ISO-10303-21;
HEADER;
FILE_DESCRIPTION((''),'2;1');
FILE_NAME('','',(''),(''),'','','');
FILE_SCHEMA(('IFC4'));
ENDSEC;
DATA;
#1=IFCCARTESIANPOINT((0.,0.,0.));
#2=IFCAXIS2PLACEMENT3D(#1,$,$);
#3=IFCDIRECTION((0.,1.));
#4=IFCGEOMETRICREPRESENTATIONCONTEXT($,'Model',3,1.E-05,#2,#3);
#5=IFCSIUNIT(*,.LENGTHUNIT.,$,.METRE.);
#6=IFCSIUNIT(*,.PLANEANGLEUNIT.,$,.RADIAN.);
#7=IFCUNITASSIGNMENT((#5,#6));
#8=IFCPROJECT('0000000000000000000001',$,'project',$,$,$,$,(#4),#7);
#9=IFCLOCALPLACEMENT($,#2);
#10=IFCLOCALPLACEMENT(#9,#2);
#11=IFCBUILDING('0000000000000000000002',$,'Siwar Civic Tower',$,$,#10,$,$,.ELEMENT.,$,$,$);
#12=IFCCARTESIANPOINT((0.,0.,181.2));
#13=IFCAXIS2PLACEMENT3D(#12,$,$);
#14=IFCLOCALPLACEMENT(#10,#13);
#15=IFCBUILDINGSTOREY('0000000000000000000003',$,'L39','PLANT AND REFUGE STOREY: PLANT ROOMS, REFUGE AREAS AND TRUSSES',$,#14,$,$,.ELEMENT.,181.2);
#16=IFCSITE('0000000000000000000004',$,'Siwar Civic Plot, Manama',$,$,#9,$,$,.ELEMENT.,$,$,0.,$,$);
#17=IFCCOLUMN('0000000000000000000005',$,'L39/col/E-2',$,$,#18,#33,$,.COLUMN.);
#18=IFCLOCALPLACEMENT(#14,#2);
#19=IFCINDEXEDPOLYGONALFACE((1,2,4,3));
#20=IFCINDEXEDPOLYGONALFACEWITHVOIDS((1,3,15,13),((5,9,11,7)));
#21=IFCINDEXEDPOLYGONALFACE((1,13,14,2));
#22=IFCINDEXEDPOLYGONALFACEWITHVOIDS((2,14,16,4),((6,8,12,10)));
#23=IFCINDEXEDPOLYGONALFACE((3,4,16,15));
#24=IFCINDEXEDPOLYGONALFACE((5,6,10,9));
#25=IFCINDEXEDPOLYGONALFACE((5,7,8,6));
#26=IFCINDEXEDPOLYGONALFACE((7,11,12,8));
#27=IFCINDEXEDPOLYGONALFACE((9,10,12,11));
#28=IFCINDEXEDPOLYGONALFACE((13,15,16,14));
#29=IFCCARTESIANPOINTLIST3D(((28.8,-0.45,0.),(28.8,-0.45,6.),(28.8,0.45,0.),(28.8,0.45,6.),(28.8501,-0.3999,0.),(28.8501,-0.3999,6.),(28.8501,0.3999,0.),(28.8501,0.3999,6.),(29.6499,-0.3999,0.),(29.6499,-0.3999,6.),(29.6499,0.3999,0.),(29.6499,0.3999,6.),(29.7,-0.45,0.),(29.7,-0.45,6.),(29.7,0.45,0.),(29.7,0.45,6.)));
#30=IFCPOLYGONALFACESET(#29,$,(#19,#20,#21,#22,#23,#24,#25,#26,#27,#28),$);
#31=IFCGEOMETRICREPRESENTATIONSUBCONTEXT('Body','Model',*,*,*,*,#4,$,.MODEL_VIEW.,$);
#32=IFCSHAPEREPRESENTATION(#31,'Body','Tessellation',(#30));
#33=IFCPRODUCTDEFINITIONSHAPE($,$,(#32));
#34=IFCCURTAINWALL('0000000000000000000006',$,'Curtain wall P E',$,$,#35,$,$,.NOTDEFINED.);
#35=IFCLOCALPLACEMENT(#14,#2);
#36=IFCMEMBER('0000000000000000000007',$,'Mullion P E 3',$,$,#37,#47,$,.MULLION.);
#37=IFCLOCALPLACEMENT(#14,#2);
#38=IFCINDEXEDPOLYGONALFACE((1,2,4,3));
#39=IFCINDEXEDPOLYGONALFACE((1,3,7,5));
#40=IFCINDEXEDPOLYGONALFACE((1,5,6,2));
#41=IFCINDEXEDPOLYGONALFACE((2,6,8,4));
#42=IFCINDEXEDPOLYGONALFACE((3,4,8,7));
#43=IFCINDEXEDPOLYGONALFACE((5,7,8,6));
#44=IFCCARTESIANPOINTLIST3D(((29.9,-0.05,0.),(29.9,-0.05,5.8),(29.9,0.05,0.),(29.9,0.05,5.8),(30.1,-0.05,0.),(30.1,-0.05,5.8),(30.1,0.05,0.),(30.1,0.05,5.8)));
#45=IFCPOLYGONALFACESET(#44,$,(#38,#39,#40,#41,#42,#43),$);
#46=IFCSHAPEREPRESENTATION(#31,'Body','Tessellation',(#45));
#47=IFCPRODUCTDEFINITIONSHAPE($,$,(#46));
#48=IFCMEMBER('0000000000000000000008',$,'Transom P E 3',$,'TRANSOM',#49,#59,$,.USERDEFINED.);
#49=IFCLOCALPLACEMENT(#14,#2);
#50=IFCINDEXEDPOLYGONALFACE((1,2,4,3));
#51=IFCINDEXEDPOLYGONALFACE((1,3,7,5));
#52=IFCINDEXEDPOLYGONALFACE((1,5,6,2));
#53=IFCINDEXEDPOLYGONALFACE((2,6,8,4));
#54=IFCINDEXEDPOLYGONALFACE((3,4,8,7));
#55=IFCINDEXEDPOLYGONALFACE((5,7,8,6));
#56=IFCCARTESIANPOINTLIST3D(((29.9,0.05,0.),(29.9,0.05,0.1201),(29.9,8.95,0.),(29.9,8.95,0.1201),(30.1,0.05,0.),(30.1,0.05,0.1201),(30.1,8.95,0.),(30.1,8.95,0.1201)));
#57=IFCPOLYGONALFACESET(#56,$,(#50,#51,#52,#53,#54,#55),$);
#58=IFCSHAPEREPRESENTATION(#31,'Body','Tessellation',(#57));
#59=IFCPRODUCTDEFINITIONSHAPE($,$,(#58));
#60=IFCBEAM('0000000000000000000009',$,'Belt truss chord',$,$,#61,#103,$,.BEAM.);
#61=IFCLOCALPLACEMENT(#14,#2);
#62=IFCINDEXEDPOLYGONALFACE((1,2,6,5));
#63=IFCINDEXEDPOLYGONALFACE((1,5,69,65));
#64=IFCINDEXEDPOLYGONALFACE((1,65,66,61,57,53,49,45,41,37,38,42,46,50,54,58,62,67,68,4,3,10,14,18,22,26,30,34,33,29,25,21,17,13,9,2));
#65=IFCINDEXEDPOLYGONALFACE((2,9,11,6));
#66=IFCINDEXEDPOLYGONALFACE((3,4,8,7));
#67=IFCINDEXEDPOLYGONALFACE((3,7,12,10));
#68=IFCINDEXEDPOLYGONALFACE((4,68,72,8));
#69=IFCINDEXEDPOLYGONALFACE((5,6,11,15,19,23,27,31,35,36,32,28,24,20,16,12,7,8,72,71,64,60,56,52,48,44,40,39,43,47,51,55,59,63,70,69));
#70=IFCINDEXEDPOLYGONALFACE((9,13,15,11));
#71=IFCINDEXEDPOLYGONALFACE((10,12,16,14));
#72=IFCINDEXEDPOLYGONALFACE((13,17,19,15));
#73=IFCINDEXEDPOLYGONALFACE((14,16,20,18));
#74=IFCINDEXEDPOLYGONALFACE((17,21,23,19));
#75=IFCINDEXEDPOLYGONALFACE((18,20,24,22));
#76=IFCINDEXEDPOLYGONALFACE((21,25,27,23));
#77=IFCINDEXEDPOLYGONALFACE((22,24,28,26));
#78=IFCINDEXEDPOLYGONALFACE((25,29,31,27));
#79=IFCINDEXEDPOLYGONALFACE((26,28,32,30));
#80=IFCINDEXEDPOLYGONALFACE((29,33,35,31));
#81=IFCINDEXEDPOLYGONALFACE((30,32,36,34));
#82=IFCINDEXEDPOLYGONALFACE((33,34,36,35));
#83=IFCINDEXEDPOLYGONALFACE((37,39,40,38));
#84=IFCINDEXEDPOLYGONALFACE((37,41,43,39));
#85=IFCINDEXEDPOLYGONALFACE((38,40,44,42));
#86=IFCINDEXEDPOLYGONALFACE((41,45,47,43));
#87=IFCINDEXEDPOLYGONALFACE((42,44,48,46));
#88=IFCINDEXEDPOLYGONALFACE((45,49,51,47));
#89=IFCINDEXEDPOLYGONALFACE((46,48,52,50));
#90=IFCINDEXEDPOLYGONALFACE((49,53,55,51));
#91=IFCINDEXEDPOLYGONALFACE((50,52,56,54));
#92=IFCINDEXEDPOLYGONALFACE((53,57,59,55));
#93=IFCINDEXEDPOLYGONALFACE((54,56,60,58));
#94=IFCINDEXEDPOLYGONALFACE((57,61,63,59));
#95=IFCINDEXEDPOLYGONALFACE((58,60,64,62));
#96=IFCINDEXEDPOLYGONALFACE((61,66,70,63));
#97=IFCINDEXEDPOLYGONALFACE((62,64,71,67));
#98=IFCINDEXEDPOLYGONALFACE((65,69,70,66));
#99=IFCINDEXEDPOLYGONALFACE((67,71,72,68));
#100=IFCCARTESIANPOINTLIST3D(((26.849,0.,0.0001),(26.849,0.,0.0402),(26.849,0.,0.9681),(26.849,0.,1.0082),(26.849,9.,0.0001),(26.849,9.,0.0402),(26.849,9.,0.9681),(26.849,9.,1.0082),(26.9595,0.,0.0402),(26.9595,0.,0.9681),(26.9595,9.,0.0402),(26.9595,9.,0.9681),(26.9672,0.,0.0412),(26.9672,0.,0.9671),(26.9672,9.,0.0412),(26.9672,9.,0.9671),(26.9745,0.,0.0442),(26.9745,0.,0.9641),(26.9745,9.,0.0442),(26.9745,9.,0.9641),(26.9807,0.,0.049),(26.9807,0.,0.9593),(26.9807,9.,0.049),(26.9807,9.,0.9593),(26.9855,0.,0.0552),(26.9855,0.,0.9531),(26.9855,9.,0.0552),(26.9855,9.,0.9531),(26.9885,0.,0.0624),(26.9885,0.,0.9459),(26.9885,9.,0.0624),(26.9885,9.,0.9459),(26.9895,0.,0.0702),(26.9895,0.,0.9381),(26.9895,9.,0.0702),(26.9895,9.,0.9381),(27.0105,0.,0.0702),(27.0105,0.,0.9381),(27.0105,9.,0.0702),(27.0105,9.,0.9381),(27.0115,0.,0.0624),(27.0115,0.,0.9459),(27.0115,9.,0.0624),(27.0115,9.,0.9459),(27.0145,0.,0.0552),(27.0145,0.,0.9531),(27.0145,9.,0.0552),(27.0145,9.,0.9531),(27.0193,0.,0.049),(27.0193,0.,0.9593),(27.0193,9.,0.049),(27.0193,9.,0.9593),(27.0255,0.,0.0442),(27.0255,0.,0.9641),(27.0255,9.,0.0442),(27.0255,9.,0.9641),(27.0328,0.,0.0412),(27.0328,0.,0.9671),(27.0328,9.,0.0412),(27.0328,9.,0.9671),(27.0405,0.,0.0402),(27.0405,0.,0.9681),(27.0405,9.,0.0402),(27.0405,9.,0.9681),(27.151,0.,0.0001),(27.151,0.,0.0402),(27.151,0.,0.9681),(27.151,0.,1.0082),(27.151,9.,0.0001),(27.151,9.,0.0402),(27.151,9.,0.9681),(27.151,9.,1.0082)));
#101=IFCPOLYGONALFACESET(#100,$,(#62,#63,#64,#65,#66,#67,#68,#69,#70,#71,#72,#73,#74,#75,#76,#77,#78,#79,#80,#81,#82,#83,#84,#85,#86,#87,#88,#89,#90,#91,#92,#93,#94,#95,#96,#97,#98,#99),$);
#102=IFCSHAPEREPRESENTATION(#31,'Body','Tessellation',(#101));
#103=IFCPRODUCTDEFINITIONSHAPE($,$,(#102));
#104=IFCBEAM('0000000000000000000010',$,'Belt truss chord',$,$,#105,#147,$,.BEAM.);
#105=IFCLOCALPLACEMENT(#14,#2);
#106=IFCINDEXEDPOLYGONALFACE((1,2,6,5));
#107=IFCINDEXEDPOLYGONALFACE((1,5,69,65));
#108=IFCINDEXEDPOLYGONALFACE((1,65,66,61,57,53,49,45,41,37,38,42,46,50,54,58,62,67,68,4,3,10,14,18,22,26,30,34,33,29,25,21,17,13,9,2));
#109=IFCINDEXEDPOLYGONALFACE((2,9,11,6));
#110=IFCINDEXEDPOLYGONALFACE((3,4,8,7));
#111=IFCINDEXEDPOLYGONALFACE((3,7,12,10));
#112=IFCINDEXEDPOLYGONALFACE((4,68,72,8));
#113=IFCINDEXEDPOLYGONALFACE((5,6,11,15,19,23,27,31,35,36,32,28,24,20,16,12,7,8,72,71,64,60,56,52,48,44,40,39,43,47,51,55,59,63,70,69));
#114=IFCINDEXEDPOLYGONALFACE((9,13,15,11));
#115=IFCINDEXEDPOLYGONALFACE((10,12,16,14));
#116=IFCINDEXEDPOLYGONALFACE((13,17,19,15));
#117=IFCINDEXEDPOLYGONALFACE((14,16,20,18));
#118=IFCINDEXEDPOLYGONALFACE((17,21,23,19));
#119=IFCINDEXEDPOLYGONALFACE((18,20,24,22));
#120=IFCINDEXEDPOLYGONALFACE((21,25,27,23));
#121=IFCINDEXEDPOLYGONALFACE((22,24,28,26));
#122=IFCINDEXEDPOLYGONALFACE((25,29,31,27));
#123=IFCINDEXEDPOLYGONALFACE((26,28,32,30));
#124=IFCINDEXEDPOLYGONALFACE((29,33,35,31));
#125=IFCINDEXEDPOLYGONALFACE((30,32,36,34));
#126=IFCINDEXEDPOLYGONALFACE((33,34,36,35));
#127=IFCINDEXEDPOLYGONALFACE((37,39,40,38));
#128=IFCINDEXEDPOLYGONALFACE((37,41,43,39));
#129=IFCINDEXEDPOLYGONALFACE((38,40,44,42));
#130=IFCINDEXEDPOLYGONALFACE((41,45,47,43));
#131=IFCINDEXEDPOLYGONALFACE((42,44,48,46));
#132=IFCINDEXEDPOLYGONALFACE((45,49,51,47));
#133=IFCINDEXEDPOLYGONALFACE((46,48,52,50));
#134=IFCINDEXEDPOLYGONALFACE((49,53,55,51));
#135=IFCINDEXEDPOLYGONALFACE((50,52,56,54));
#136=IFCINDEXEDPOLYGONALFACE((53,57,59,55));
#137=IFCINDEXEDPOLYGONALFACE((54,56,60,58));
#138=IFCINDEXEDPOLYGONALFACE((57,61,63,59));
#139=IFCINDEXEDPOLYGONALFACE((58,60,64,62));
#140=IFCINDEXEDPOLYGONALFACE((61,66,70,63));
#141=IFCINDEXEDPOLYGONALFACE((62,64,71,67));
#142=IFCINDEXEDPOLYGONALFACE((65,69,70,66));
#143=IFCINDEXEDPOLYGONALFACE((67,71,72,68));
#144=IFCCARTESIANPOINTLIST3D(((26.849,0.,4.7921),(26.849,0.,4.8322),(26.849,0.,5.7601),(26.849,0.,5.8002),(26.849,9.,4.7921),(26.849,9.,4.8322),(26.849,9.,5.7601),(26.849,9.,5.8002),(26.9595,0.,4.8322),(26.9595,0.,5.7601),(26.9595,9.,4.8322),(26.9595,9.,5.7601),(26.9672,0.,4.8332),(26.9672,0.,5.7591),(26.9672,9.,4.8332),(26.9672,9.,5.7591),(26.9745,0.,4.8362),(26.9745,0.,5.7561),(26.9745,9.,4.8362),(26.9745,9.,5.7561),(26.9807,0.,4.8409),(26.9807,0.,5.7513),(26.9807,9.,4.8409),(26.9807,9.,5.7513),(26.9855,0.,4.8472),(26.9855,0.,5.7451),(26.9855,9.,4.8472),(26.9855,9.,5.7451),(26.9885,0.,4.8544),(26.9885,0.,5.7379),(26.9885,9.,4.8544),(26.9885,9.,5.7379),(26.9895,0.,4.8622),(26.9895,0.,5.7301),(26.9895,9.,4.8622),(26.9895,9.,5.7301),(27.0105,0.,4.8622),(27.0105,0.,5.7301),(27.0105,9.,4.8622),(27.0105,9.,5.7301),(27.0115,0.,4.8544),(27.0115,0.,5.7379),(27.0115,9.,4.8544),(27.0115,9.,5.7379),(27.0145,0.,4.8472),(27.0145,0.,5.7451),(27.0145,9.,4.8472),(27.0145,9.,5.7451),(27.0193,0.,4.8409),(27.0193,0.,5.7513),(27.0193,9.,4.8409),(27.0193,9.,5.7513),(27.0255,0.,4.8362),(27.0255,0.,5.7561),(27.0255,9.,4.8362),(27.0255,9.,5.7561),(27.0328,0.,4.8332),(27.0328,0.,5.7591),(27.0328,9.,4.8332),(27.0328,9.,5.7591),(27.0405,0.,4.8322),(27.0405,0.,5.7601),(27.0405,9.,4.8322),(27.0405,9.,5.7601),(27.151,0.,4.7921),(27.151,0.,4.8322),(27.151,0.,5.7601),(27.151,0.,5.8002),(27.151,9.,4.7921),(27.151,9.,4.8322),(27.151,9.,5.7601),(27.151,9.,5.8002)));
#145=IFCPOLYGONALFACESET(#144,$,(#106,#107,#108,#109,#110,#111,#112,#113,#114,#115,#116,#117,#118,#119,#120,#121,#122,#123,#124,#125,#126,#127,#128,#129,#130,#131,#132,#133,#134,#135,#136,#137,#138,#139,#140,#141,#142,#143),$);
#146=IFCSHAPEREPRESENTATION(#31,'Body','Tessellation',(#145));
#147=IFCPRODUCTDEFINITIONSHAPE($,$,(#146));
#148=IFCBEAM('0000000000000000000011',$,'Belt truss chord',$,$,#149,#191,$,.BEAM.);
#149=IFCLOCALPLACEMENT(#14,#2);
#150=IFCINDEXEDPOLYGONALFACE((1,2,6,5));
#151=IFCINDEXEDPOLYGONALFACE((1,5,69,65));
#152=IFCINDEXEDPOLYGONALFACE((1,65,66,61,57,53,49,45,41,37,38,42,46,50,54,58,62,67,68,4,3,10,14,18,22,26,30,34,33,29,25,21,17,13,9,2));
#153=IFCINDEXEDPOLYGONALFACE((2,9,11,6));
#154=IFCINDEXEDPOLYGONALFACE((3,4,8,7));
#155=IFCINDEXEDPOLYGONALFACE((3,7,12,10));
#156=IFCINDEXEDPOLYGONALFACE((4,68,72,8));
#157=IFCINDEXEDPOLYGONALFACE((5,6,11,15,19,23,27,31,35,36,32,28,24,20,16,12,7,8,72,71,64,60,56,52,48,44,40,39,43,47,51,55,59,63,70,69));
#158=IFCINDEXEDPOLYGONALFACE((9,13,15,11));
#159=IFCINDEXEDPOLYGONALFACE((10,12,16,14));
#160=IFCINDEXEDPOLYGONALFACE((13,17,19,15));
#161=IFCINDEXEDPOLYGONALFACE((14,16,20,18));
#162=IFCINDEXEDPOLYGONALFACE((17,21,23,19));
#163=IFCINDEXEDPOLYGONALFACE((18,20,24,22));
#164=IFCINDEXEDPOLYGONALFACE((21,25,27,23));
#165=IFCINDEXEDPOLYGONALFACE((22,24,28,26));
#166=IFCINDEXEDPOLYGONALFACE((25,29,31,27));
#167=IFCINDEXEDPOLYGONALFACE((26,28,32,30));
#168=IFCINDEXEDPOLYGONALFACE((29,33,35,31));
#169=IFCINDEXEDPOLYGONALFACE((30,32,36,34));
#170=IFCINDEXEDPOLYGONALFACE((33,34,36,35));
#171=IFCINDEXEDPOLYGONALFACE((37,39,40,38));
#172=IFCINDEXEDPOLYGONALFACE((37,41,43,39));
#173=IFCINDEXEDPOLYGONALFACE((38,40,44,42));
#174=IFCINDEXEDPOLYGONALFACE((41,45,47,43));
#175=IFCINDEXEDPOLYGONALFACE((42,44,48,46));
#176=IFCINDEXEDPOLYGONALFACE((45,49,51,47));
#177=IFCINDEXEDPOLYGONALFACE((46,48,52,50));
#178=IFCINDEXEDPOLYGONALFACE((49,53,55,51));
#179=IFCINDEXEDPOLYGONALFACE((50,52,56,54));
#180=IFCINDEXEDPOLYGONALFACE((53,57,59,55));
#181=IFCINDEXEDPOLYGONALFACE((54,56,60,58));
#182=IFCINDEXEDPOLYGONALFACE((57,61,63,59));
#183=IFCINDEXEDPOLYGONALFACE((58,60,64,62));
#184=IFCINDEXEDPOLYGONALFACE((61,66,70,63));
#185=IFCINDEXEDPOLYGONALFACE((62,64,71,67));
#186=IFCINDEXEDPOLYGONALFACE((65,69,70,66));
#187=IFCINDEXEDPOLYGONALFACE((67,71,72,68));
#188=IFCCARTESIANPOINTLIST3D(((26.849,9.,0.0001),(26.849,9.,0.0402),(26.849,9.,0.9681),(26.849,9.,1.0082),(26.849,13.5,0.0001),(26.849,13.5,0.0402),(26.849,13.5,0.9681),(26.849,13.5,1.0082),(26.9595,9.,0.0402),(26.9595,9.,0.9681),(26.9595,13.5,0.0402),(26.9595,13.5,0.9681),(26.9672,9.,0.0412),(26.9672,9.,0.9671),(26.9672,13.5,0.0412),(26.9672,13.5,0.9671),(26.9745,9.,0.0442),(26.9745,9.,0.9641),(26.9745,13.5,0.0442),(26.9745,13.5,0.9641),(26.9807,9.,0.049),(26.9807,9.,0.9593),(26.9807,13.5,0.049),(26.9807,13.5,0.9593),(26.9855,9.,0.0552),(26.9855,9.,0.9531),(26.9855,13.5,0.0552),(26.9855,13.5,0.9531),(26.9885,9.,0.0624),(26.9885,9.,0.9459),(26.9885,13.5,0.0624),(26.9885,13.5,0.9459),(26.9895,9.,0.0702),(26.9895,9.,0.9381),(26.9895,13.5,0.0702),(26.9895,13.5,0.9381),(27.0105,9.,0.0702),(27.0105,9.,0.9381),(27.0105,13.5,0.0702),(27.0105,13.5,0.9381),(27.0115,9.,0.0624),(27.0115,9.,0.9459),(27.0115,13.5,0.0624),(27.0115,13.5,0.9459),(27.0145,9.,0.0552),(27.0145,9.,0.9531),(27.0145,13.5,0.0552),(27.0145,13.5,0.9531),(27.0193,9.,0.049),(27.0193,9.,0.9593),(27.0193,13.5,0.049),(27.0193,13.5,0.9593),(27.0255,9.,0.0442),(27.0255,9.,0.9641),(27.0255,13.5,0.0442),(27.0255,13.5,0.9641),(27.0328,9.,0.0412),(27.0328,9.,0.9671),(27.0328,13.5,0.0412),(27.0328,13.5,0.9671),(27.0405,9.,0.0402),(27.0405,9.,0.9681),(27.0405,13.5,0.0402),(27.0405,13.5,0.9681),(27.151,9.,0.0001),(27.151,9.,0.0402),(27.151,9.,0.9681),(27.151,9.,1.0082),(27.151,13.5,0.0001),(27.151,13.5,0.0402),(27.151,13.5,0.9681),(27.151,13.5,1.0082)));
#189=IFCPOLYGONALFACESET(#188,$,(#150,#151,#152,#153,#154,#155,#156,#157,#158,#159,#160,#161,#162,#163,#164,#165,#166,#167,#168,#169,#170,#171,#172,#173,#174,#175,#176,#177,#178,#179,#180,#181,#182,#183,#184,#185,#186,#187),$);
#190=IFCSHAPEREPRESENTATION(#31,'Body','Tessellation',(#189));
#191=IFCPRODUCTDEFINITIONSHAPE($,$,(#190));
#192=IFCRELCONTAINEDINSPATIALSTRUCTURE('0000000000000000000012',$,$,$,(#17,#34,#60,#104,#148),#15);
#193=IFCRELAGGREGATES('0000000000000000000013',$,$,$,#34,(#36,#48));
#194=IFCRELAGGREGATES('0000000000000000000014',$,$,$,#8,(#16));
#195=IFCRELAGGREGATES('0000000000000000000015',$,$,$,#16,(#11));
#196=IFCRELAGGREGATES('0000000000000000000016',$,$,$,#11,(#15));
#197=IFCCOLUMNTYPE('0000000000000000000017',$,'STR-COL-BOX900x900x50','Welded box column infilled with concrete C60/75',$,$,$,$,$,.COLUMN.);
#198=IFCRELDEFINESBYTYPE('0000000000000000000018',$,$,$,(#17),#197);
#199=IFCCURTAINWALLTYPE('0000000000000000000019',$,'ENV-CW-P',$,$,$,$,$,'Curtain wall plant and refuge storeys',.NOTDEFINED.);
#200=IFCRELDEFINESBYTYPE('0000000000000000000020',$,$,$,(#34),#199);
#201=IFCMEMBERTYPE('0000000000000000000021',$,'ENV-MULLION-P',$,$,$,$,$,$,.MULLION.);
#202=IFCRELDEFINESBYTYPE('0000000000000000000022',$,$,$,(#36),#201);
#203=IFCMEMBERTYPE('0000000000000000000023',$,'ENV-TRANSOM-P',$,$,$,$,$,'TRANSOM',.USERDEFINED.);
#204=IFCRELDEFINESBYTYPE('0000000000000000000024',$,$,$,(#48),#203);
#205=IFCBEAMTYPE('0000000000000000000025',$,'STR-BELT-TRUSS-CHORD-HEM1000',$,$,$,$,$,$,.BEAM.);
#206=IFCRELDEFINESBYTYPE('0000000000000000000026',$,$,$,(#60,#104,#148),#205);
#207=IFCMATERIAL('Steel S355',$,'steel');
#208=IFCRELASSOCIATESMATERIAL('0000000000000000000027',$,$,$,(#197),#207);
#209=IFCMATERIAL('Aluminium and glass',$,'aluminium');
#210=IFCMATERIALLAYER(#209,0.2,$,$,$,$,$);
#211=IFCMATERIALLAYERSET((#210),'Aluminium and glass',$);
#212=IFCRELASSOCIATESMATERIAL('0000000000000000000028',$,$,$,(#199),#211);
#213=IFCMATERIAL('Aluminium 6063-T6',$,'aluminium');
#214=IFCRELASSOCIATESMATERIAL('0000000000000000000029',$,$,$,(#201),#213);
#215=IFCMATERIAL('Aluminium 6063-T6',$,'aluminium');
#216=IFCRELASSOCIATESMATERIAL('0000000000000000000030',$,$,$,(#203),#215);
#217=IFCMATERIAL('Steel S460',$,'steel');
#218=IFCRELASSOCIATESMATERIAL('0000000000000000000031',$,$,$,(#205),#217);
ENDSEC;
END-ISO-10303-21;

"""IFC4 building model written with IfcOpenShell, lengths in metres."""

from ifc_helpers import new_model, si_unit, direction, frame, origin, origin_2d, place, context, subcontext, project, spatial, rectangle, hollow_rectangle, i_section, extrude, material, layer, layer_set, material_profile, profile_set, type_object, element, aggregate, save


model = new_model("IFC4")

# Units and contexts
model_context = context("Model", 3, precision=1e-05, world=origin(), true_north=direction((0.0, 1.0)))
body_context = subcontext(model_context, "Body", "Model", "MODEL_VIEW")
ifc_project = project(units=[si_unit("LENGTHUNIT", "METRE"), si_unit("PLANEANGLEUNIT", "RADIAN")], contexts=[model_context])

# Site, building, storey
site_placement = place(None, origin())
site = spatial("IfcSite", under=ifc_project, at=site_placement, Name="Siwar Civic Plot, Manama", CompositionType="ELEMENT", RefElevation=0.0)
building_placement = place(site_placement, origin())
building = spatial("IfcBuilding", under=site, at=building_placement, Name="Siwar Civic Tower", CompositionType="ELEMENT")
storey_placement = place(building_placement, frame((0.0, 0.0, 181.2)))
storey = spatial("IfcBuildingStorey", under=building, at=storey_placement, Name="L39", Description="PLANT AND REFUGE STOREY: PLANT ROOMS, REFUGE AREAS AND TRUSSES", CompositionType="ELEMENT", Elevation=181.2)

# Column
ifc_material_1 = material(Name="Steel S355", Category="steel")
ifc_material_profile_1 = material_profile(ifc_material_1, hollow_rectangle(XDim=0.8999, YDim=0.8999, WallThickness=0.05, at=origin_2d()), Name="BOX900x900x50")
ifc_profile_set_1 = profile_set([ifc_material_profile_1], Name="Steel S355")
column_type = type_object("IfcColumnType", Name="STR-COL-BOX900x900x50", Description="Welded box column infilled with concrete C60/75", PredefinedType="COLUMN", material=ifc_profile_set_1)
column_placement = place(storey_placement, frame((29.25, 0.0, 0.0), z_axis=(0.0, 0.0, 1.0), x_axis=(1.0, 0.0, 0.0)))
element("IfcColumn", 1, at=column_placement, inside=storey, type_object=column_type, Name="L39/col/E-2", PredefinedType="COLUMN", context=body_context, shape_type="SweptSolid", body=[
    extrude(hollow_rectangle(XDim=0.8999, YDim=0.8999, WallThickness=0.05, at=origin_2d()), origin(), (0.0, 0.0, 1.0), 6.0),
])

# Curtain wall, members
ifc_material_2 = material(Name="Aluminium and glass", Category="aluminium")
ifc_layer_1 = layer(ifc_material_2, 0.2)
ifc_layer_set_1 = layer_set([ifc_layer_1], Name="Aluminium and glass")
curtain_wall_type = type_object("IfcCurtainWallType", Name="ENV-CW-P", ElementType="Curtain wall plant and refuge storeys", PredefinedType="NOTDEFINED", material=ifc_layer_set_1)
curtain_wall_placement = place(storey_placement, origin())
curtain_wall = element("IfcCurtainWall", 2, at=curtain_wall_placement, inside=storey, type_object=curtain_wall_type, Name="Curtain wall P E", PredefinedType="NOTDEFINED")
ifc_material_3 = material(Name="Aluminium 6063-T6", Category="aluminium")
ifc_material_profile_2 = material_profile(ifc_material_3, rectangle(XDim=0.2, YDim=0.1001, at=origin_2d()), Name="AL 200x100")
ifc_profile_set_2 = profile_set([ifc_material_profile_2], Name="Aluminium 6063-T6")
member_type_1 = type_object("IfcMemberType", Name="ENV-MULLION-P", PredefinedType="MULLION", material=ifc_profile_set_2)
member_1_placement = place(storey_placement, frame((30.0, 0.0, 0.0), z_axis=(0.0, 0.0, 1.0), x_axis=(-1.0, 0.0, 0.0)))
member_1 = element("IfcMember", 3, at=member_1_placement, type_object=member_type_1, Name="Mullion P E 3", PredefinedType="MULLION", context=body_context, shape_type="SweptSolid", body=[
    extrude(rectangle(XDim=0.2, YDim=0.1001, at=origin_2d()), origin(), (0.0, 0.0, 1.0), 5.8),
])
ifc_material_4 = material(Name="Aluminium 6063-T6", Category="aluminium")
ifc_material_profile_3 = material_profile(ifc_material_4, rectangle(XDim=0.2, YDim=0.1201, at=origin_2d()), Name="AL 200x120")
ifc_profile_set_3 = profile_set([ifc_material_profile_3], Name="Aluminium 6063-T6")
member_type_2 = type_object("IfcMemberType", Name="ENV-TRANSOM-P", ElementType="TRANSOM", PredefinedType="USERDEFINED", material=ifc_profile_set_3)
member_2_placement = place(storey_placement, frame((30.0, 0.05, 0.0601), z_axis=(0.0, 1.0, 0.0), x_axis=(-1.0, 0.0, 0.0)))
member_2 = element("IfcMember", 4, at=member_2_placement, type_object=member_type_2, Name="Transom P E 3", ObjectType="TRANSOM", PredefinedType="USERDEFINED", context=body_context, shape_type="SweptSolid", body=[
    extrude(rectangle(XDim=0.2, YDim=0.1201, at=origin_2d()), origin(), (0.0, 0.0, 1.0), 8.8999),
])

# Beams
ifc_material_5 = material(Name="Steel S460", Category="steel")
ifc_material_profile_4 = material_profile(ifc_material_5, i_section(OverallWidth=0.302, OverallDepth=1.0081, WebThickness=0.021, FlangeThickness=0.04, FilletRadius=0.03, at=origin_2d()), Name="HEM1000")
ifc_profile_set_4 = profile_set([ifc_material_profile_4], Name="Steel S460")
beam_type_1 = type_object("IfcBeamType", Name="STR-BELT-TRUSS-CHORD-HEM1000", PredefinedType="BEAM", material=ifc_profile_set_4)
for number, where, z_axis, x_axis, name in (
    (5, (27.0, 0.0, 0.5042), (0.0, 1.0, 0.0), (-1.0, 0.0, 0.0), "Belt truss chord"),
    (6, (27.0, 0.0, 5.2961), (0.0, 1.0, 0.0), (-1.0, 0.0, 0.0), "Belt truss chord"),
):
    element("IfcBeam", number, at=place(storey_placement, frame(where, z_axis=z_axis, x_axis=x_axis)), inside=storey, type_object=beam_type_1, Name=name, PredefinedType="BEAM", context=body_context, shape_type="SweptSolid", body=[
        extrude(i_section(OverallWidth=0.302, OverallDepth=1.0081, WebThickness=0.021, FlangeThickness=0.04, FilletRadius=0.03, at=origin_2d()), origin(), (0.0, 0.0, 1.0), 9.0),
    ])
for number, where, z_axis, x_axis, name in (
    (7, (27.0, 9.0, 0.5042), (0.0, 1.0, 0.0), (-1.0, 0.0, 0.0), "Belt truss chord"),
):
    element("IfcBeam", number, at=place(storey_placement, frame(where, z_axis=z_axis, x_axis=x_axis)), inside=storey, type_object=beam_type_1, Name=name, PredefinedType="BEAM", context=body_context, shape_type="SweptSolid", body=[
        extrude(i_section(OverallWidth=0.302, OverallDepth=1.0081, WebThickness=0.021, FlangeThickness=0.04, FilletRadius=0.03, at=origin_2d()), origin(), (0.0, 0.0, 1.0), 4.5),
    ])

aggregate(curtain_wall, [member_1, member_2])

save(model, "model.ifc")
